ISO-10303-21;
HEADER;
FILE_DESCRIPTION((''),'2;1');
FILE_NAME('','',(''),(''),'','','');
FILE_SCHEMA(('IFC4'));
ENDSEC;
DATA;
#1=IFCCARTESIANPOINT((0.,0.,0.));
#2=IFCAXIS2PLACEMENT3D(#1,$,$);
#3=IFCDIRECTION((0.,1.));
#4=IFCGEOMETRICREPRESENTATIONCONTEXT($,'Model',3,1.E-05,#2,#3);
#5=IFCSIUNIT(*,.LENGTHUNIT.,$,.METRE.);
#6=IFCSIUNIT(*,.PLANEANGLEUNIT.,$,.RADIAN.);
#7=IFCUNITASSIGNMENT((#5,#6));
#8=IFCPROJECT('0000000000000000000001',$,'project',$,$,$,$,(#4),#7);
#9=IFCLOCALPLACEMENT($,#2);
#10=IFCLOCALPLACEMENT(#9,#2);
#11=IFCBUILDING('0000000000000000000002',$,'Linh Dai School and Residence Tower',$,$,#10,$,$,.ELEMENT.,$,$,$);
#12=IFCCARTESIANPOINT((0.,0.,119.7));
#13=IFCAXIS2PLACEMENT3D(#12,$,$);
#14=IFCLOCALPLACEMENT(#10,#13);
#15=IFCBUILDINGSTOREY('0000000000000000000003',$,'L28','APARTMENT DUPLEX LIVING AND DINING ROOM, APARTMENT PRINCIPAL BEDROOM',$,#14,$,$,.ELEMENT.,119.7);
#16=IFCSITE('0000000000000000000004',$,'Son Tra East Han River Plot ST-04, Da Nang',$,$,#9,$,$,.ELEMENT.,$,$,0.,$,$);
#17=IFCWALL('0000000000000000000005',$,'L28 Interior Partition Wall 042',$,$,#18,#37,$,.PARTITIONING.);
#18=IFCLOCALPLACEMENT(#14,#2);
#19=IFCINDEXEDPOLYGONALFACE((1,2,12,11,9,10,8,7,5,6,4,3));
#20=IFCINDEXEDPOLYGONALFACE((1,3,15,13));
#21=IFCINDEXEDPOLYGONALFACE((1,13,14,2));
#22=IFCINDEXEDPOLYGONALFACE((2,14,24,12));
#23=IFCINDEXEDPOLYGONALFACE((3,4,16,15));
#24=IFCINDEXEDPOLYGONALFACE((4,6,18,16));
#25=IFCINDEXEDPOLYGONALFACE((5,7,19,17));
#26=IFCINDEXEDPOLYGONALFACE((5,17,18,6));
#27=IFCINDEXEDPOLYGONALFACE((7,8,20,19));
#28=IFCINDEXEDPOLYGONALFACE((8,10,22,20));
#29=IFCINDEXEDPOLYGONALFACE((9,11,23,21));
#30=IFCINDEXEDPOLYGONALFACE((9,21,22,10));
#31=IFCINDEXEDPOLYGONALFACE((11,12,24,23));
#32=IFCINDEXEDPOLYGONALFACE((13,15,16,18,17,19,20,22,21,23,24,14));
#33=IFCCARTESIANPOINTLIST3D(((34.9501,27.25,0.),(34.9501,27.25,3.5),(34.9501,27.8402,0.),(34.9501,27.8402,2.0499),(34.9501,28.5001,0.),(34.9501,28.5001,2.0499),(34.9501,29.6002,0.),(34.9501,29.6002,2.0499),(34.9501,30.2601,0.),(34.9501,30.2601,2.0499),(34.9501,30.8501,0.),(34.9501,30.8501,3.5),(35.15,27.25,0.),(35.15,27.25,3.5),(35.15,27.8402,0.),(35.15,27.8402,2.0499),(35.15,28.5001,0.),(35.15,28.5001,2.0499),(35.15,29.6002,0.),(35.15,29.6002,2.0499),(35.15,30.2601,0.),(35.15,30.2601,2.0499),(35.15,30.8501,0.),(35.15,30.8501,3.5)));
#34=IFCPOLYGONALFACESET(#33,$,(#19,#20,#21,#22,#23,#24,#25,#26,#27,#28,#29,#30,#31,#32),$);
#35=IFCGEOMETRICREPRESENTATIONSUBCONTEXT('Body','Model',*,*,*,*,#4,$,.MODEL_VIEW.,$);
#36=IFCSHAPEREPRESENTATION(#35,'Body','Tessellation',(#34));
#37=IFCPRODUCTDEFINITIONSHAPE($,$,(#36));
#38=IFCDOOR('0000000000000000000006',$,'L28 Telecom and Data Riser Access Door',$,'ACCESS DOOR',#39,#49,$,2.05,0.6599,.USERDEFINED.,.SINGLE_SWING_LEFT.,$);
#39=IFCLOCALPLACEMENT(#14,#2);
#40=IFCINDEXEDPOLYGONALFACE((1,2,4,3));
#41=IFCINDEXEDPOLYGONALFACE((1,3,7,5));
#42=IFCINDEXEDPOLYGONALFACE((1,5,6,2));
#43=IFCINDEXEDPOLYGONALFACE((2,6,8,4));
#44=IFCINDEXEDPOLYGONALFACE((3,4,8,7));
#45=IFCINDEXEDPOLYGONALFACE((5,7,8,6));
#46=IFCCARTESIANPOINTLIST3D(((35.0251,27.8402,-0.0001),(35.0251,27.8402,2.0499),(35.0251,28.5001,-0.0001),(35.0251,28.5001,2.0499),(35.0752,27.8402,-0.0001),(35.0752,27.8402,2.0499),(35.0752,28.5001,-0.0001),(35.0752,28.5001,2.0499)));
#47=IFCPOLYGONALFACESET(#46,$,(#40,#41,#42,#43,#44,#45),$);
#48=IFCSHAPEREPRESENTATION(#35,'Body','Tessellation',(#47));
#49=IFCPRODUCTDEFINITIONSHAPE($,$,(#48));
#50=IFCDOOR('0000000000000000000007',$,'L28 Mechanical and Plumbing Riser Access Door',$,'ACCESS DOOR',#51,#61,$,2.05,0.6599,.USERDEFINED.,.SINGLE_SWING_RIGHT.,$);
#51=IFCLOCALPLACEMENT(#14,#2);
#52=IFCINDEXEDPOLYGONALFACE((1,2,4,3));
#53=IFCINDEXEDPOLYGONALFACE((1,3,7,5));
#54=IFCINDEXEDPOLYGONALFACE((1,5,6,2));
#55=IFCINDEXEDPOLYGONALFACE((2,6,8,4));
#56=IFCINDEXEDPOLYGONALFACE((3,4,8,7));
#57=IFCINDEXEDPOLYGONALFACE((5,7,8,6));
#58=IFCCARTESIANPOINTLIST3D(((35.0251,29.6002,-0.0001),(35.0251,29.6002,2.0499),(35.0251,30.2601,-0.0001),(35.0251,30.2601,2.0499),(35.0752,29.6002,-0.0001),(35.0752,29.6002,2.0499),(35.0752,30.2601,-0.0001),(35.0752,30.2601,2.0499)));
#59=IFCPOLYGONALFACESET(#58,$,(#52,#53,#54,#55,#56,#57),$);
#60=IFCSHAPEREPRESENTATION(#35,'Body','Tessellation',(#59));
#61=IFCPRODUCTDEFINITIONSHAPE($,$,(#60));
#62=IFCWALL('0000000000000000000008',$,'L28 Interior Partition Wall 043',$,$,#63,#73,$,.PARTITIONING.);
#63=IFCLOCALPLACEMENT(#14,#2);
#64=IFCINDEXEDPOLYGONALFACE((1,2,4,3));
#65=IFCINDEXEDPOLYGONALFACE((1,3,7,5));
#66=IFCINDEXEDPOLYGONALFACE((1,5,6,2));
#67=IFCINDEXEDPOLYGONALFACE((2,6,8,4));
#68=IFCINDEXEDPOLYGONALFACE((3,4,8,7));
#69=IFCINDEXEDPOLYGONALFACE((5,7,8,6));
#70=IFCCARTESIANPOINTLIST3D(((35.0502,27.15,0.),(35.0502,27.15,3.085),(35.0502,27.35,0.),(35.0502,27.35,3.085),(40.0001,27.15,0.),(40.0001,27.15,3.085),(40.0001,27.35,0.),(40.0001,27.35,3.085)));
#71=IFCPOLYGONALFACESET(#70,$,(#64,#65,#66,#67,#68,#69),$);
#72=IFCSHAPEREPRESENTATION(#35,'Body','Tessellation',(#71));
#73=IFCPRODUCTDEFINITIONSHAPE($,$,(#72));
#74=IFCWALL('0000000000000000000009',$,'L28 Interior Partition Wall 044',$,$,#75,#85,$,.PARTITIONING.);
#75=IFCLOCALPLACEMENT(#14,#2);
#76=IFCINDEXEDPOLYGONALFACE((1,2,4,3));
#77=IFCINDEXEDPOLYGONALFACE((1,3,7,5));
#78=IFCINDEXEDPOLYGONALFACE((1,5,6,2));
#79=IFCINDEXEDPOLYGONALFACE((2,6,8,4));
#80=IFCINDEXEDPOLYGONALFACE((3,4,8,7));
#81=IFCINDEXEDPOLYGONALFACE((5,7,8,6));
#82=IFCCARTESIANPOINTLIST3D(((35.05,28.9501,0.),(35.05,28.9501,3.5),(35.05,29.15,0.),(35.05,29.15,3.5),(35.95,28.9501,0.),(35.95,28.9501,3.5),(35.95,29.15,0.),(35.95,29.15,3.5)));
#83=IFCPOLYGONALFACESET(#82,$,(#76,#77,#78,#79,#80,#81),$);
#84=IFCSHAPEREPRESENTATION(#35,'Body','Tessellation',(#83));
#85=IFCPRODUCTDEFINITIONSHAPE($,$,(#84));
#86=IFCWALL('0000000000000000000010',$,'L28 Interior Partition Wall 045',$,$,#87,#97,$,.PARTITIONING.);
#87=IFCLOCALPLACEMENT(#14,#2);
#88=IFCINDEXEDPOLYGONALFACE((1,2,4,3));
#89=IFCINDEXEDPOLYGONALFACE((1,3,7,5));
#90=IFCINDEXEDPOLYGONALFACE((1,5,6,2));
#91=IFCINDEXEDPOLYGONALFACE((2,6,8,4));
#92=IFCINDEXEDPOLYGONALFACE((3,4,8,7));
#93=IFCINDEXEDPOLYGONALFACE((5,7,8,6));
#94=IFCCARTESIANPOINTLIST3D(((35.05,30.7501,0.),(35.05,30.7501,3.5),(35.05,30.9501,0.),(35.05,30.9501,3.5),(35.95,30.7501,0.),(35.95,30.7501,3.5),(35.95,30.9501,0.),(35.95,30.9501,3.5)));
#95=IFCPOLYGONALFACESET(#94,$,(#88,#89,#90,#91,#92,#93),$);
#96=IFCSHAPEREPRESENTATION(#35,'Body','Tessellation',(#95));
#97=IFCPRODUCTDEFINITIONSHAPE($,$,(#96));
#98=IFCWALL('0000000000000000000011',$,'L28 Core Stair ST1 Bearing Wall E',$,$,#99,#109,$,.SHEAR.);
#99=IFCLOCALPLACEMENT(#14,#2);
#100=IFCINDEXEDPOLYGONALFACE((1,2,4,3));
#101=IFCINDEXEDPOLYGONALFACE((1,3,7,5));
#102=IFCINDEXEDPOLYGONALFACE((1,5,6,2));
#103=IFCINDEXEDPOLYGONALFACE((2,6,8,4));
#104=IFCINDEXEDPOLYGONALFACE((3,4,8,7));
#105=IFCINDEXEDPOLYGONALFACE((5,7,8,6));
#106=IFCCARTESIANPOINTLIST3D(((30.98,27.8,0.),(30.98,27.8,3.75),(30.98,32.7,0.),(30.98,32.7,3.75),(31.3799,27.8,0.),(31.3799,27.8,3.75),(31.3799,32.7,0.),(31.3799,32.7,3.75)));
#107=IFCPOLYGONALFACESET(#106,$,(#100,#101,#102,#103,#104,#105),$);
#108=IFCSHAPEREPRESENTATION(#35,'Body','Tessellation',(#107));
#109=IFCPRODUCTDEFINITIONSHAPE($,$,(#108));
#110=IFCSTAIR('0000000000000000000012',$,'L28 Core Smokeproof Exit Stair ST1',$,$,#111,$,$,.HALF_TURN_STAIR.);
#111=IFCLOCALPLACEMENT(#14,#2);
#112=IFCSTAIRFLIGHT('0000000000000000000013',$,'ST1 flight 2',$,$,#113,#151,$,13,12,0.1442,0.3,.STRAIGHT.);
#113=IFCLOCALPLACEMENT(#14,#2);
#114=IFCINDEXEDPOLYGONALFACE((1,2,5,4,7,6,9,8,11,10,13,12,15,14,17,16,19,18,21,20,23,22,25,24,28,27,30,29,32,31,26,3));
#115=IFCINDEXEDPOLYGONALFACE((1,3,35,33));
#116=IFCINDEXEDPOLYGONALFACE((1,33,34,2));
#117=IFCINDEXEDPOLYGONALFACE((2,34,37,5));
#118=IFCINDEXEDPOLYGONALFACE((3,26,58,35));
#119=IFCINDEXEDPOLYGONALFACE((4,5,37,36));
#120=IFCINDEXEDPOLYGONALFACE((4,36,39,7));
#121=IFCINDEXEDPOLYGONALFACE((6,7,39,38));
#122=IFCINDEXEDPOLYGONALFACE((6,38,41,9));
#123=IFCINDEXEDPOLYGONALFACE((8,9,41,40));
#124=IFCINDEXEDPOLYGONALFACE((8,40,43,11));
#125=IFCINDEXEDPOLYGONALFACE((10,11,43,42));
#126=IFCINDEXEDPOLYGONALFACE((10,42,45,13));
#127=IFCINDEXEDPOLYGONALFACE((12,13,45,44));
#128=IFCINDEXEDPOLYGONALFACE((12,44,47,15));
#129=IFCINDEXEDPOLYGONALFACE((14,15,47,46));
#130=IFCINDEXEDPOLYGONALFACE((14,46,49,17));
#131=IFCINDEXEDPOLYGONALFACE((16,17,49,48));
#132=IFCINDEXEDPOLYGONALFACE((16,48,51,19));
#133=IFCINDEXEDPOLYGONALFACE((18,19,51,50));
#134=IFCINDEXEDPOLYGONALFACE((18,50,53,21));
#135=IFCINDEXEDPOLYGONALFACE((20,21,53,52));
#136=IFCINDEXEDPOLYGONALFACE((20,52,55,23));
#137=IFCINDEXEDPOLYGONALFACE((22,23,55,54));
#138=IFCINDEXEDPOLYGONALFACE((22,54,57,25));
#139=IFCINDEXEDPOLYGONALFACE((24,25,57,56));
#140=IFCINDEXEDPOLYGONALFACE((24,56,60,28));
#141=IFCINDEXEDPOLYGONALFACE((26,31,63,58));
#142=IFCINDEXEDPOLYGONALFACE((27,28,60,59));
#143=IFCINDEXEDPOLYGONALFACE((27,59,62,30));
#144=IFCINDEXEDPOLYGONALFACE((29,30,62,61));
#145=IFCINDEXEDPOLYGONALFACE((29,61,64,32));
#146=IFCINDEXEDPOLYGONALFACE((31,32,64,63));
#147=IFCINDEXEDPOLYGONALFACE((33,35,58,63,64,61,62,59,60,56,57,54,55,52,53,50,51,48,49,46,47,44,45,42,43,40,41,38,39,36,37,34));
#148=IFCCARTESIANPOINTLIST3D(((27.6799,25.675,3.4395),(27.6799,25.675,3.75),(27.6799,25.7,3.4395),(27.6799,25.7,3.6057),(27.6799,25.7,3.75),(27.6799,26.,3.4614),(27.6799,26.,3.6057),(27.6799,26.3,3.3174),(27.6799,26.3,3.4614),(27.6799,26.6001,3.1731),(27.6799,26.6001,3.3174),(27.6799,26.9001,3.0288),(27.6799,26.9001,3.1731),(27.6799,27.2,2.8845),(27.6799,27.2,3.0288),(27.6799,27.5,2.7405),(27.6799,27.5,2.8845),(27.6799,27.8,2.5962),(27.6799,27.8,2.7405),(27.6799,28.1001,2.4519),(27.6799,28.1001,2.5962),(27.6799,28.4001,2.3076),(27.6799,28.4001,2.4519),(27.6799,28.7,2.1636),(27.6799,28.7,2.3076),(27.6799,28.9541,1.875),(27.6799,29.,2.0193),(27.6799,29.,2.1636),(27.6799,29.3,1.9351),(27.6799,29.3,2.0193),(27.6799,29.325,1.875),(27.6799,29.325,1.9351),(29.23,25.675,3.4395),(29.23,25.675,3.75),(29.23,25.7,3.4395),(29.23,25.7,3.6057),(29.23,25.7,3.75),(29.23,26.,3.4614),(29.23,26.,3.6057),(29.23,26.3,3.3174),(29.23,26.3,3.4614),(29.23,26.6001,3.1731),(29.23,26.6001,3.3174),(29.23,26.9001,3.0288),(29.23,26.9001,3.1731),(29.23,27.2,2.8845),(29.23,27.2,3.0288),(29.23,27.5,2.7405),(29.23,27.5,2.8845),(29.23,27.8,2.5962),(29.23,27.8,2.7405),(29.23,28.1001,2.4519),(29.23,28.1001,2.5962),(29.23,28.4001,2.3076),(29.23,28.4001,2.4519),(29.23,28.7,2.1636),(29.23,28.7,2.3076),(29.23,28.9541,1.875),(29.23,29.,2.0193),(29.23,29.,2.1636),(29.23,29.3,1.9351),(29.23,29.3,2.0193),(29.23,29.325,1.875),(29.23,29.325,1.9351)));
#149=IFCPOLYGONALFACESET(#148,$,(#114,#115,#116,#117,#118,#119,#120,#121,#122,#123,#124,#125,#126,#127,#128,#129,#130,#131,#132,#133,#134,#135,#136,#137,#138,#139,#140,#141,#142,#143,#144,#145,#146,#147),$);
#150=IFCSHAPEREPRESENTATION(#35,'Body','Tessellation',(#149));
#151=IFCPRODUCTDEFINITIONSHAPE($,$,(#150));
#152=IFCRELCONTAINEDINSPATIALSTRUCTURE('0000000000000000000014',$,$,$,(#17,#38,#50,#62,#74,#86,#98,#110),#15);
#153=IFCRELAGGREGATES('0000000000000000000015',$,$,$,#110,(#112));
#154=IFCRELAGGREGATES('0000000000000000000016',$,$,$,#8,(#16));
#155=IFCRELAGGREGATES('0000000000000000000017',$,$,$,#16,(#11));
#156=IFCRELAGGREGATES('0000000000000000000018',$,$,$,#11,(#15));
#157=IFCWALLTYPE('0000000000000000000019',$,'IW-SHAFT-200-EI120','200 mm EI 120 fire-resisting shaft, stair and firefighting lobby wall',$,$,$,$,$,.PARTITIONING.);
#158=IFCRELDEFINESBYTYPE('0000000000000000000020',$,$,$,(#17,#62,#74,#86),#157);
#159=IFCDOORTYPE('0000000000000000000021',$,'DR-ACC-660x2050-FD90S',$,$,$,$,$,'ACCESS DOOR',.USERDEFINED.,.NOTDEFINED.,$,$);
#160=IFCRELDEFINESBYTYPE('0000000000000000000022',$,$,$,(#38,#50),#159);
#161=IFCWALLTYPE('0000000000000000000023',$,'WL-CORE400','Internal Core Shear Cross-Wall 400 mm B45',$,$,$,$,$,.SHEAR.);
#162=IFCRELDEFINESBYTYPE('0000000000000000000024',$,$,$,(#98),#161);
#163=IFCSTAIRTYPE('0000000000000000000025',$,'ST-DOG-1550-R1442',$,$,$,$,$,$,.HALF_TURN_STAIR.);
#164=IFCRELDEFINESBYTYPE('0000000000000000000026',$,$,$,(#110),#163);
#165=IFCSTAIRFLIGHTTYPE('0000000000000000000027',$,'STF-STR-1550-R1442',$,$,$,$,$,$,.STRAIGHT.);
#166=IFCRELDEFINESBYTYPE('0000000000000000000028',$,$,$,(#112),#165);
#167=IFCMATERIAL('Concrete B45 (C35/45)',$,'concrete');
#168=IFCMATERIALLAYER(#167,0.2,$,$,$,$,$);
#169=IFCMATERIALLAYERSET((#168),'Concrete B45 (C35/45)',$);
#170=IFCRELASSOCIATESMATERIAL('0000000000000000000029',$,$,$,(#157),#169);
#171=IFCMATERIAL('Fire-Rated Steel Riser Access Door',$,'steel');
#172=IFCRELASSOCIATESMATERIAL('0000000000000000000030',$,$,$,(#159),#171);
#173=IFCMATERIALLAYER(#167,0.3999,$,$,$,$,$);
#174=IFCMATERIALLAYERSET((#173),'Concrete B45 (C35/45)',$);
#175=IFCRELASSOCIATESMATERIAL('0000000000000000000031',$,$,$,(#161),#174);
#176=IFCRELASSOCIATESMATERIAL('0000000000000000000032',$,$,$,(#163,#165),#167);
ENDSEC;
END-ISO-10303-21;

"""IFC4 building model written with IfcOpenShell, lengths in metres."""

from ifc_helpers import new_model, si_unit, direction, frame, frame_2d, origin, origin_2d, place, context, subcontext, project, spatial, polyline, rectangle, outline, extrude, source, transform, mapped, material, layer, layer_set, type_object, element, fill, aggregate, save


model = new_model("IFC4")

# Units and contexts
model_context = context("Model", 3, precision=1e-05, world=origin(), true_north=direction((0.0, 1.0)))
body_context = subcontext(model_context, "Body", "Model", "MODEL_VIEW")
ifc_project = project(units=[si_unit("LENGTHUNIT", "METRE"), si_unit("PLANEANGLEUNIT", "RADIAN")], contexts=[model_context])

# Site, building, storey
site_placement = place(None, origin())
site = spatial("IfcSite", under=ifc_project, at=site_placement, Name="Son Tra East Han River Plot ST-04, Da Nang", CompositionType="ELEMENT", RefElevation=0.0)
building_placement = place(site_placement, origin())
building = spatial("IfcBuilding", under=site, at=building_placement, Name="Linh Dai School and Residence Tower", CompositionType="ELEMENT")
storey_placement = place(building_placement, frame((0.0, 0.0, 119.7)))
storey = spatial("IfcBuildingStorey", under=building, at=storey_placement, Name="L28", Description="APARTMENT DUPLEX LIVING AND DINING ROOM, APARTMENT PRINCIPAL BEDROOM", CompositionType="ELEMENT", Elevation=119.7)

# Shared definitions
ifc_material_1 = material(Name="Concrete B45 (C35/45)", Category="concrete")
ifc_layer_1 = layer(ifc_material_1, 0.2)
ifc_layer_set_1 = layer_set([ifc_layer_1], Name="Concrete B45 (C35/45)")
wall_type_1 = type_object("IfcWallType", Name="IW-SHAFT-200-EI120", Description="200 mm EI 120 fire-resisting shaft, stair and firefighting lobby wall", PredefinedType="PARTITIONING", material=ifc_layer_set_1)

# Wall, openings, doors
wall_1_placement = place(storey_placement, frame((35.05, 27.25, 0.0), z_axis=(0.0, 0.0, 1.0), x_axis=(0.0, 1.0, 0.0)))
wall_1 = element("IfcWall", 1, at=wall_1_placement, inside=storey, type_object=wall_type_1, Name="L28 Interior Partition Wall 042", PredefinedType="PARTITIONING", context=body_context, shape_type="SweptSolid", body=[
    extrude(rectangle(XDim=3.6001, YDim=0.2, at=frame_2d((1.8, 0.0))), origin(), (0.0, 0.0, 1.0), 3.5),
])
opening_1_placement = place(wall_1_placement, frame((0.5901, 0.0, 0.0)))
opening_1 = element("IfcOpeningElement", 2, at=opening_1_placement, cuts=wall_1, PredefinedType="OPENING", context=body_context, shape_type="SweptSolid", body=[
    extrude(rectangle(XDim=0.6599, YDim=2.05, at=origin_2d()), frame((0.3301, 0.1099, 1.0249), z_axis=(0.0, -1.0, 0.0), x_axis=(1.0, 0.0, 0.0)), (0.0, 0.0, 1.0), 0.22),
])
opening_2_placement = place(wall_1_placement, frame((2.3501, 0.0, 0.0)))
opening_2 = element("IfcOpeningElement", 3, at=opening_2_placement, cuts=wall_1, PredefinedType="OPENING", context=body_context, shape_type="SweptSolid", body=[
    extrude(rectangle(XDim=0.6599, YDim=2.05, at=origin_2d()), frame((0.3301, 0.1099, 1.0249), z_axis=(0.0, -1.0, 0.0), x_axis=(1.0, 0.0, 0.0)), (0.0, 0.0, 1.0), 0.22),
])
ifc_material_2 = material(Name="Fire-Rated Steel Riser Access Door", Category="steel")
door_type_1 = type_object("IfcDoorType", Name="DR-ACC-660x2050-FD90S", ElementType="ACCESS DOOR", OperationType="NOTDEFINED", PredefinedType="USERDEFINED", material=ifc_material_2)
shared_shape_1 = source(origin(), body_context, "Body", "SweptSolid", [
    extrude(rectangle(XDim=0.6599, YDim=2.05, at=origin_2d()), frame((0.3301, 0.0249, 1.0249), z_axis=(0.0, -1.0, 0.0), x_axis=(1.0, 0.0, 0.0)), (0.0, 0.0, 1.0), 0.05),
])
door_1_placement = place(opening_1_placement, origin())
door_1 = element("IfcDoor", 4, at=door_1_placement, inside=storey, type_object=door_type_1, Name="L28 Telecom and Data Riser Access Door", ObjectType="ACCESS DOOR", OperationType="SINGLE_SWING_LEFT", OverallHeight=2.05, OverallWidth=0.6599, PredefinedType="USERDEFINED", context=body_context, shape_type="MappedRepresentation", body=[
    mapped(shared_shape_1, transform((0.0, 0.0, 0.0), x_axis=(1.0, 0.0, 0.0), y_axis=(0.0, 1.0, 0.0), z_axis=(0.0, 0.0, 1.0), scale=1.0)),
])
fill(opening_1, door_1)
door_2_placement = place(opening_2_placement, origin())
door_2 = element("IfcDoor", 5, at=door_2_placement, inside=storey, type_object=door_type_1, Name="L28 Mechanical and Plumbing Riser Access Door", ObjectType="ACCESS DOOR", OperationType="SINGLE_SWING_RIGHT", OverallHeight=2.05, OverallWidth=0.6599, PredefinedType="USERDEFINED", context=body_context, shape_type="MappedRepresentation", body=[
    mapped(shared_shape_1, transform((0.0, 0.0, 0.0), x_axis=(1.0, 0.0, 0.0), y_axis=(0.0, 1.0, 0.0), z_axis=(0.0, 0.0, 1.0), scale=1.0)),
])
fill(opening_2, door_2)

# Walls
wall_2_placement = place(storey_placement, frame((35.05, 27.25, 0.0), z_axis=(0.0, 0.0, 1.0), x_axis=(1.0, 0.0, 0.0)))
element("IfcWall", 6, at=wall_2_placement, inside=storey, type_object=wall_type_1, Name="L28 Interior Partition Wall 043", PredefinedType="PARTITIONING", context=body_context, shape_type="SweptSolid", body=[
    extrude(rectangle(XDim=4.95, YDim=0.2, at=frame_2d((2.4751, 0.0))), origin(), (0.0, 0.0, 1.0), 3.085),
])
for number, where, z_axis, x_axis, name in (
    (7, (35.05, 29.05, 0.0), (0.0, 0.0, 1.0), (1.0, 0.0, 0.0), "L28 Interior Partition Wall 044"),
    (8, (35.05, 30.8501, 0.0), (0.0, 0.0, 1.0), (1.0, 0.0, 0.0), "L28 Interior Partition Wall 045"),
):
    element("IfcWall", number, at=place(storey_placement, frame(where, z_axis=z_axis, x_axis=x_axis)), inside=storey, type_object=wall_type_1, Name=name, PredefinedType="PARTITIONING", context=body_context, shape_type="SweptSolid", body=[
        extrude(rectangle(XDim=0.8999, YDim=0.2, at=frame_2d((0.45, 0.0))), origin(), (0.0, 0.0, 1.0), 3.5),
    ])
ifc_layer_2 = layer(ifc_material_1, 0.3999)
ifc_layer_set_2 = layer_set([ifc_layer_2], Name="Concrete B45 (C35/45)")
wall_type_2 = type_object("IfcWallType", Name="WL-CORE400", Description="Internal Core Shear Cross-Wall 400 mm B45", PredefinedType="SHEAR", material=ifc_layer_set_2)
wall_3_placement = place(storey_placement, frame((31.1799, 27.8, 0.0), z_axis=(0.0, 0.0, 1.0), x_axis=(0.0, 1.0, 0.0)))
element("IfcWall", 9, at=wall_3_placement, inside=storey, type_object=wall_type_2, Name="L28 Core Stair ST1 Bearing Wall E", PredefinedType="SHEAR", context=body_context, shape_type="SweptSolid", body=[
    extrude(rectangle(XDim=4.8999, YDim=0.3999, at=frame_2d((2.45, 0.0))), origin(), (0.0, 0.0, 1.0), 3.75),
])

# Stair, stair flight
stair_type = type_object("IfcStairType", Name="ST-DOG-1550-R1442", PredefinedType="HALF_TURN_STAIR", material=ifc_material_1)
stair_placement = place(storey_placement, origin())
stair = element("IfcStair", 10, at=stair_placement, inside=storey, type_object=stair_type, Name="L28 Core Smokeproof Exit Stair ST1", PredefinedType="HALF_TURN_STAIR")
stair_flight_type = type_object("IfcStairFlightType", Name="STF-STR-1550-R1442", PredefinedType="STRAIGHT", material=ifc_material_1)
shared_shape_2 = source(origin(), body_context, "Body", "SweptSolid", [
    extrude(outline(polyline([(-0.0249, 0.0), (-0.0249, 0.0601), (0.0, 0.0601), (0.0, 0.1443), (0.3, 0.1443), (0.3, 0.2886), (0.6001, 0.2886), (0.6001, 0.4326), (0.8999, 0.4326), (0.8999, 0.5769), (1.2, 0.5769), (1.2, 0.7212), (1.5, 0.7212), (1.5, 0.8655), (1.8, 0.8655), (1.8, 1.0095), (2.1001, 1.0095), (2.1001, 1.1538), (2.3999, 1.1538), (2.3999, 1.2981), (2.7, 1.2981), (2.7, 1.4424), (3.0, 1.4424), (3.0, 1.5864), (3.3, 1.5864), (3.3, 1.7307), (3.6001, 1.7307), (3.6001, 1.875), (3.625, 1.875), (3.625, 1.5645), (3.6001, 1.5645), (0.3459, 0.0), (-0.0249, 0.0)])), frame((0.0, 0.7749, 0.0), z_axis=(0.0, -1.0, 0.0), x_axis=(1.0, 0.0, 0.0)), (0.0, 0.0, 1.0), 1.55),
])
stair_flight_placement = place(storey_placement, frame((28.4551, 29.3, 1.875), z_axis=(0.0, 0.0, 1.0), x_axis=(0.0, -1.0, 0.0)))
stair_flight = element("IfcStairFlight", 11, at=stair_flight_placement, type_object=stair_flight_type, Name="ST1 flight 2", NumberOfRisers=13, NumberOfTreads=12, PredefinedType="STRAIGHT", RiserHeight=0.1442, TreadLength=0.3, context=body_context, shape_type="MappedRepresentation", body=[
    mapped(shared_shape_2, transform((0.0, 0.0, 0.0), x_axis=(1.0, 0.0, 0.0), y_axis=(0.0, 1.0, 0.0), z_axis=(0.0, 0.0, 1.0), scale=1.0)),
])
aggregate(stair, [stair_flight])

save(model, "model.ifc")
